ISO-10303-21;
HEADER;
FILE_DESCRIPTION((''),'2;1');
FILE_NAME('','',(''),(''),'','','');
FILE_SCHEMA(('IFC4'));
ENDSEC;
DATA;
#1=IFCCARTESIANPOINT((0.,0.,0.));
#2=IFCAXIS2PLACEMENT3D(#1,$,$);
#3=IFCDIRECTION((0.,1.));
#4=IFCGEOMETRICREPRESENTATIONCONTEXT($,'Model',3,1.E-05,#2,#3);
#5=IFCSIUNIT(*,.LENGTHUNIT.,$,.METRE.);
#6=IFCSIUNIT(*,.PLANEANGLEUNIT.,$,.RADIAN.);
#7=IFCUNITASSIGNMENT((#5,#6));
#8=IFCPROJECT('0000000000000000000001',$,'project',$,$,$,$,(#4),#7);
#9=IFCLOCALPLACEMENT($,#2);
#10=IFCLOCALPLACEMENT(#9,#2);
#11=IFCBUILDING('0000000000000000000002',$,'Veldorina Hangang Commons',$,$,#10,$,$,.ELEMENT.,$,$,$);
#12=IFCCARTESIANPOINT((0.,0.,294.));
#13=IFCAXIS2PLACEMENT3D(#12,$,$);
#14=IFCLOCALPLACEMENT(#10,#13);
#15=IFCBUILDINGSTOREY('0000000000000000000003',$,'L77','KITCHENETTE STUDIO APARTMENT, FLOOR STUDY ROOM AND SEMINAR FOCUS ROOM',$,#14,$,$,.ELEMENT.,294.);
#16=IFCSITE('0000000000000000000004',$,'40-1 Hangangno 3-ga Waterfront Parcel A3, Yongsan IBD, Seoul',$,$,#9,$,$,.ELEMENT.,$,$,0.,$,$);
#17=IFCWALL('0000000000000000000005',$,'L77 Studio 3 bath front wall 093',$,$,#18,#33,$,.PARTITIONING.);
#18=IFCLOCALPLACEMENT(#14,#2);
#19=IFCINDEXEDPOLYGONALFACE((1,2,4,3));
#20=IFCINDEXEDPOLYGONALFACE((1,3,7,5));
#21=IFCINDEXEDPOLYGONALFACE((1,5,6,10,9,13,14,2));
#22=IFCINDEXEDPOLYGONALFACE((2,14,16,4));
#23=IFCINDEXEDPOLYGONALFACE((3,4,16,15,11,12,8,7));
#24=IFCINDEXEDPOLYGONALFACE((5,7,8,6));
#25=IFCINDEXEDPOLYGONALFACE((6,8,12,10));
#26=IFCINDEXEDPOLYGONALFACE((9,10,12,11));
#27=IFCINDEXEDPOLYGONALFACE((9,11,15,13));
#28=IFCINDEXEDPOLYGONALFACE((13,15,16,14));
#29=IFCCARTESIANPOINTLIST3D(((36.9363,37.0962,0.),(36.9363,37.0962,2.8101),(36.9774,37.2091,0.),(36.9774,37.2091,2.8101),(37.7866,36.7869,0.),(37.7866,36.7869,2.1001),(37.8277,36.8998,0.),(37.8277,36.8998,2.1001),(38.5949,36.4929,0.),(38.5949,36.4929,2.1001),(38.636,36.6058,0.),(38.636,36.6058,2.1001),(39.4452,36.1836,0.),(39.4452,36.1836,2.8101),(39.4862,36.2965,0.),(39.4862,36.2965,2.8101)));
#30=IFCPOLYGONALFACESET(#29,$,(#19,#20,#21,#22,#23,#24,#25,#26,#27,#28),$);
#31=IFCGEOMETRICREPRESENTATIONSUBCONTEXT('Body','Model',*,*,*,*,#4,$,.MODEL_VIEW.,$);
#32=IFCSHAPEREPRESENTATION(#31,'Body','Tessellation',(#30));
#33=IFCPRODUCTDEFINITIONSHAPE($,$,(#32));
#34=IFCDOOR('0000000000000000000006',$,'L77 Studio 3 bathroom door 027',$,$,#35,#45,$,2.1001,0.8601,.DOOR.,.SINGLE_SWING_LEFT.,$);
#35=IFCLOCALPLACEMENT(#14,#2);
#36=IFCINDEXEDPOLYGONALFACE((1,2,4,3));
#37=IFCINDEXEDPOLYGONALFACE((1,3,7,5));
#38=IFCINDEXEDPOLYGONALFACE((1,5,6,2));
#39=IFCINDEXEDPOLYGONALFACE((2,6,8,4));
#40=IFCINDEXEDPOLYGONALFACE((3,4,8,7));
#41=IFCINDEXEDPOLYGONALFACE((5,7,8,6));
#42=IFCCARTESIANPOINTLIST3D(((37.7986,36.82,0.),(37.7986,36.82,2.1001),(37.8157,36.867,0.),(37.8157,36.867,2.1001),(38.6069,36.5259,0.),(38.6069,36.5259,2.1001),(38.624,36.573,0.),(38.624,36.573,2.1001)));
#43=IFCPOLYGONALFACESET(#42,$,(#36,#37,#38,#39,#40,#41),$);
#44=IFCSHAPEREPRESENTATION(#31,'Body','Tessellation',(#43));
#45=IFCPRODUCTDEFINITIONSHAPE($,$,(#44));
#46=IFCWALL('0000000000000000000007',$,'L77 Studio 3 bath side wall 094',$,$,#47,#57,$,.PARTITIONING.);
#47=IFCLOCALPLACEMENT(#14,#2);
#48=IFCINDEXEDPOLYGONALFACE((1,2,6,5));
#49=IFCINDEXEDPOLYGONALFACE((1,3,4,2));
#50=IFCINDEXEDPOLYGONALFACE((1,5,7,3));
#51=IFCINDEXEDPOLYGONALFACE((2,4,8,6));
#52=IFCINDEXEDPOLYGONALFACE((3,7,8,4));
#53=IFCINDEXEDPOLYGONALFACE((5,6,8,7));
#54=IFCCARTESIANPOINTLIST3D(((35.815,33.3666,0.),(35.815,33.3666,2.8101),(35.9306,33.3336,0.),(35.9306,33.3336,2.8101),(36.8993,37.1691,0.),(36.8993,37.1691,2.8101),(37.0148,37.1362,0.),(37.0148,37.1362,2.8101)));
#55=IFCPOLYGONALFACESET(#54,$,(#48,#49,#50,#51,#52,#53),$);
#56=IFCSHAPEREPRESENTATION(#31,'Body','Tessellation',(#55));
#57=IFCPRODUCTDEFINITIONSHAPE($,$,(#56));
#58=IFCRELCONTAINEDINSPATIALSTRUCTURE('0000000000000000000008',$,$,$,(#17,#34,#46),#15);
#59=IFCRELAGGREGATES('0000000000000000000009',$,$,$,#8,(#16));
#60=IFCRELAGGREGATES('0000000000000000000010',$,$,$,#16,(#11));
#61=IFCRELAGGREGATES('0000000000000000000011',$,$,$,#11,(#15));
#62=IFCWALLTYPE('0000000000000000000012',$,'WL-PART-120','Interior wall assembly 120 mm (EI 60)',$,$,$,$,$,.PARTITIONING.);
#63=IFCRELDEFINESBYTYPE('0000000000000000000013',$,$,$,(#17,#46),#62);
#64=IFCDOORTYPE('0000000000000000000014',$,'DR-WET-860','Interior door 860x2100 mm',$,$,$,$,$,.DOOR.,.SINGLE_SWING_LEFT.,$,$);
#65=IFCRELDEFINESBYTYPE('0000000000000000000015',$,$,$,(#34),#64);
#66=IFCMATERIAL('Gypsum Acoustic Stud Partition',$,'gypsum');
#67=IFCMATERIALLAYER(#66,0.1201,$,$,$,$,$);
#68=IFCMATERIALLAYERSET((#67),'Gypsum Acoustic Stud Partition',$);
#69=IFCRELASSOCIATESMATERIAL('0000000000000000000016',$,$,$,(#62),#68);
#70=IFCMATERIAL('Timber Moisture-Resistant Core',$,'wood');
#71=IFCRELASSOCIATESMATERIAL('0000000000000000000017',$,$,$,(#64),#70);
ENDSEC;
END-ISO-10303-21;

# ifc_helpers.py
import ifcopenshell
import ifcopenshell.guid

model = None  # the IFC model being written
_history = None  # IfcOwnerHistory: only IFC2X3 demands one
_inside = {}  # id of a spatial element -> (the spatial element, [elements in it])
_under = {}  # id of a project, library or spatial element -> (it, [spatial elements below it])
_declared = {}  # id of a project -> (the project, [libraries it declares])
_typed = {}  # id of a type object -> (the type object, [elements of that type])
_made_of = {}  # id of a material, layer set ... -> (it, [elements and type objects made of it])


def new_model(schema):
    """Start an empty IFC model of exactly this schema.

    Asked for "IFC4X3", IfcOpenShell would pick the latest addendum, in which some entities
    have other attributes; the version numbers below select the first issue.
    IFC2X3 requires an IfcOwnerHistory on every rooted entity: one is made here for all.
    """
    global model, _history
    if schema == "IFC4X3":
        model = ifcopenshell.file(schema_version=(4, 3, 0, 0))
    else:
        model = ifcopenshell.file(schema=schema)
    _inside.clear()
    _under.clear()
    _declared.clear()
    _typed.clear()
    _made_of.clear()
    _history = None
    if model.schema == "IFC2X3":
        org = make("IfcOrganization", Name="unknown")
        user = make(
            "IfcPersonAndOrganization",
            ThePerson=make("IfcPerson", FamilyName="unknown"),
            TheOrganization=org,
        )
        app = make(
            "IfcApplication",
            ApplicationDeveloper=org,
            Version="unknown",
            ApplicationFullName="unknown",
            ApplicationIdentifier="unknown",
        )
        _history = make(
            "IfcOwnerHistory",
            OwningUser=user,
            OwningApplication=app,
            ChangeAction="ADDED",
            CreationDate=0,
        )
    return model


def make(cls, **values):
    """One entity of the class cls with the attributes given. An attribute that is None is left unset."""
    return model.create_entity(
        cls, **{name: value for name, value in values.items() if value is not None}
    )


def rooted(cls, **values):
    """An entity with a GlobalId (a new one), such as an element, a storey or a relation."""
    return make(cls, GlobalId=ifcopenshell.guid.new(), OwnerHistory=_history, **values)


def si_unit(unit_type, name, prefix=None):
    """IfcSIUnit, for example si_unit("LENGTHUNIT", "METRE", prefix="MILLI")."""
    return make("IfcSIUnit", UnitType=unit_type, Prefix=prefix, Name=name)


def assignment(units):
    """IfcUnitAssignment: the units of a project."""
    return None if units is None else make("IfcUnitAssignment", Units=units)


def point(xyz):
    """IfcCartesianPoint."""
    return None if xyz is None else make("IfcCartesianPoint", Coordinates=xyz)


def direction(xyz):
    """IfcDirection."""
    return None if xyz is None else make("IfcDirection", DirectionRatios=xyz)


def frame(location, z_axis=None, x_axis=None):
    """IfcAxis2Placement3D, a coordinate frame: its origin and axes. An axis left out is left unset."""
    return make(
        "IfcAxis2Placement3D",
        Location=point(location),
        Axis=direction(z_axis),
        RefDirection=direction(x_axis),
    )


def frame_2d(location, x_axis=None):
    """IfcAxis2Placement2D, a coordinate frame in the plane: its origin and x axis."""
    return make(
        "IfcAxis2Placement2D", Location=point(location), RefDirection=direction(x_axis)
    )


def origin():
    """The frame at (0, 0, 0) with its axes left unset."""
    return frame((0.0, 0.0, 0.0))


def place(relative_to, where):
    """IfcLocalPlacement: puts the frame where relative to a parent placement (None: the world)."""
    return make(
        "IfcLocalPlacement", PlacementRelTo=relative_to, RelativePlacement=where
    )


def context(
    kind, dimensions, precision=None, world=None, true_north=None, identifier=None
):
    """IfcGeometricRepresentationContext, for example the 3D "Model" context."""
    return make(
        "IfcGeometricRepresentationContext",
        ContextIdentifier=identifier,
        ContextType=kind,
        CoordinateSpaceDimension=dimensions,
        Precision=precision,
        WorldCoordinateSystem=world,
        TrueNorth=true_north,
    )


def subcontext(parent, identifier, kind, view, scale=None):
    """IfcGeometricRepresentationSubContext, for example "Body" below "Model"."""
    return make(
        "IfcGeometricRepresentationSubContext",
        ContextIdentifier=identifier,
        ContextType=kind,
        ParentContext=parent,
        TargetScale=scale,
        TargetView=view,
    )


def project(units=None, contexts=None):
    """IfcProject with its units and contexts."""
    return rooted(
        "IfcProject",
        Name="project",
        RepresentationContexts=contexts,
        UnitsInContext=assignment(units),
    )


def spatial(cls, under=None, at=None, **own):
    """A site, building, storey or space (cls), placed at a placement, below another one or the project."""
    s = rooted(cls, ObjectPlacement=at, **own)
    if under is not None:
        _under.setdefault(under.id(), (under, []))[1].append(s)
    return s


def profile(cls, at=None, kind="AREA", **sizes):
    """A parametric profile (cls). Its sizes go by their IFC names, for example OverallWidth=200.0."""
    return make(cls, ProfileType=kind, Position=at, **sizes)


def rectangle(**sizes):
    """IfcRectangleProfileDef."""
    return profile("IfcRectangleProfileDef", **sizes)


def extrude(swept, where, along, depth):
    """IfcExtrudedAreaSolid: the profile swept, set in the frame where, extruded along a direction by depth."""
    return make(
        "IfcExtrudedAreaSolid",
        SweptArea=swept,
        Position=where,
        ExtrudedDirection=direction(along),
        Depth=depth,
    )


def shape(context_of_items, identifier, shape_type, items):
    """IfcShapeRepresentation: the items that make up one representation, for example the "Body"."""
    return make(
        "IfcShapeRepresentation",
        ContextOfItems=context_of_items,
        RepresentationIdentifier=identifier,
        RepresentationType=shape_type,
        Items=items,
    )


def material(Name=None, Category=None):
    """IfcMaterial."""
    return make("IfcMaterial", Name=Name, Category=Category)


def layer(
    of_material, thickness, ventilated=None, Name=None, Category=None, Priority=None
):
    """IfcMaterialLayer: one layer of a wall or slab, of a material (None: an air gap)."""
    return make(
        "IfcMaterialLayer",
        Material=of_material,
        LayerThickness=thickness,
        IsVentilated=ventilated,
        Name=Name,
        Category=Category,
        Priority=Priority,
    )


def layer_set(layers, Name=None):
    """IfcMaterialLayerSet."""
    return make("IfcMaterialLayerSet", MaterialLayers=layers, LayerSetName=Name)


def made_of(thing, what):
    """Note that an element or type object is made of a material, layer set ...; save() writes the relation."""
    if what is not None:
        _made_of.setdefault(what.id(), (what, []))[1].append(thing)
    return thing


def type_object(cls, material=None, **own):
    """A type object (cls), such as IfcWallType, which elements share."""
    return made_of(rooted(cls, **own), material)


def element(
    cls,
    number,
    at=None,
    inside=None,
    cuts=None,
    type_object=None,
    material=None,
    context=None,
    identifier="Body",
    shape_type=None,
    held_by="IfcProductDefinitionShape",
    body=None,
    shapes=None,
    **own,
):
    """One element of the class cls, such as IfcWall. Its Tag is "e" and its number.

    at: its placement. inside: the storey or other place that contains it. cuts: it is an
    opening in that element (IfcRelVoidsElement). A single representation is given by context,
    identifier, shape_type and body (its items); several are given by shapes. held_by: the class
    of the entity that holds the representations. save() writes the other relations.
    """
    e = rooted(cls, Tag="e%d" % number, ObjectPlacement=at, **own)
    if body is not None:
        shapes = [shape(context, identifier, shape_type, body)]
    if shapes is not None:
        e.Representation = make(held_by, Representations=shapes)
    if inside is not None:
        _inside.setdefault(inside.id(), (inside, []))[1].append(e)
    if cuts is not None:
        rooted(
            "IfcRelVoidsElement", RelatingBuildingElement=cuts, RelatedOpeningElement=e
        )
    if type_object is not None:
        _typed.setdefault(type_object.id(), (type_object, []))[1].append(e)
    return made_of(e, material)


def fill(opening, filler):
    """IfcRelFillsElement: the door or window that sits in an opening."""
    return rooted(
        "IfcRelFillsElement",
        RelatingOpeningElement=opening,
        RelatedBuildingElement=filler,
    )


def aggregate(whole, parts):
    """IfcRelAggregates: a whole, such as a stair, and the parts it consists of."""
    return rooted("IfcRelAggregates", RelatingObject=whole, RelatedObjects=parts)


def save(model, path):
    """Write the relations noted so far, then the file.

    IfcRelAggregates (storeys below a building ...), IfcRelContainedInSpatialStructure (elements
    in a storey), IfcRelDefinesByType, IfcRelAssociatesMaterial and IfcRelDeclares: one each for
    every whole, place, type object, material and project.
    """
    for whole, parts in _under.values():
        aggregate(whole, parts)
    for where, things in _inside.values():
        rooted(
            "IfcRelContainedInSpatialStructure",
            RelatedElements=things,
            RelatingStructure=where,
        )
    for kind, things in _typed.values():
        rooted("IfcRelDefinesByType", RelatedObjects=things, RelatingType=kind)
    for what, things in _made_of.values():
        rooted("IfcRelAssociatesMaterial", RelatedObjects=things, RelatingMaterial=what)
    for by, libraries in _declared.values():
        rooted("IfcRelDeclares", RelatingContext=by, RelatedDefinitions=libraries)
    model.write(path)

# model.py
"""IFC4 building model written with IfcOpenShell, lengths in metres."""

from ifc_helpers import new_model, si_unit, direction, frame, frame_2d, origin, place, context, subcontext, project, spatial, rectangle, extrude, material, layer, layer_set, type_object, element, fill, save


model = new_model("IFC4")

# Units and contexts
model_context = context("Model", 3, precision=1e-05, world=origin(), true_north=direction((0.0, 1.0)))
body_context = subcontext(model_context, "Body", "Model", "MODEL_VIEW")
ifc_project = project(units=[si_unit("LENGTHUNIT", "METRE"), si_unit("PLANEANGLEUNIT", "RADIAN")], contexts=[model_context])

# Site, building, storey
site_placement = place(None, origin())
site = spatial("IfcSite", under=ifc_project, at=site_placement, Name="40-1 Hangangno 3-ga Waterfront Parcel A3, Yongsan IBD, Seoul", CompositionType="ELEMENT", RefElevation=0.0)
building_placement = place(site_placement, origin())
building = spatial("IfcBuilding", under=site, at=building_placement, Name="Veldorina Hangang Commons", CompositionType="ELEMENT")
storey_placement = place(building_placement, frame((0.0, 0.0, 294.0)))
storey = spatial("IfcBuildingStorey", under=building, at=storey_placement, Name="L77", Description="KITCHENETTE STUDIO APARTMENT, FLOOR STUDY ROOM AND SEMINAR FOCUS ROOM", CompositionType="ELEMENT", Elevation=294.0)

# Wall, opening, door
ifc_material_1 = material(Name="Gypsum Acoustic Stud Partition", Category="gypsum")
ifc_layer_1 = layer(ifc_material_1, 0.1201)
ifc_layer_set_1 = layer_set([ifc_layer_1], Name="Gypsum Acoustic Stud Partition")
wall_type_1 = type_object("IfcWallType", Name="WL-PART-120", Description="Interior wall assembly 120 mm (EI 60)", PredefinedType="PARTITIONING", material=ifc_layer_set_1)
wall_1_placement = place(storey_placement, frame((39.4658, 36.24, 0.0), z_axis=(0.0, 0.0, 1.0), x_axis=(-0.939756, 0.341846, 0.0)))
wall_1 = element("IfcWall", 1, at=wall_1_placement, inside=storey, type_object=wall_type_1, Name="L77 Studio 3 bath front wall 093", PredefinedType="PARTITIONING", context=body_context, shape_type="SweptSolid", body=[
    extrude(rectangle(XDim=2.6697, YDim=0.1201, at=frame_2d((1.335, 0.0))), origin(), (0.0, 0.0, 1.0), 2.8101),
])
opening_1_placement = place(wall_1_placement, frame((0.9048, 0.0, 0.0)))
opening_1 = element("IfcOpeningElement", 2, at=opening_1_placement, cuts=wall_1, PredefinedType="OPENING", context=body_context, shape_type="SweptSolid", body=[
    extrude(rectangle(XDim=0.8601, YDim=2.1001, at=frame_2d((0.4302, 1.05))), frame((0.0, 0.0701, 0.0), z_axis=(0.0, -1.0, 0.0), x_axis=(1.0, 0.0, 0.0)), (0.0, 0.0, 1.0), 0.1401),
])
ifc_material_2 = material(Name="Timber Moisture-Resistant Core", Category="wood")
door_type_1 = type_object("IfcDoorType", Name="DR-WET-860", Description="Interior door 860x2100 mm", OperationType="SINGLE_SWING_LEFT", PredefinedType="DOOR", material=ifc_material_2)
door_1_placement = place(opening_1_placement, origin())
door_1 = element("IfcDoor", 3, at=door_1_placement, inside=storey, type_object=door_type_1, Name="L77 Studio 3 bathroom door 027", OperationType="SINGLE_SWING_LEFT", OverallHeight=2.1001, OverallWidth=0.8601, PredefinedType="DOOR", context=body_context, shape_type="SweptSolid", body=[
    extrude(rectangle(XDim=0.8601, YDim=2.1001, at=frame_2d((0.4302, 1.05))), frame((0.0, 0.0249, 0.0), z_axis=(0.0, -1.0, 0.0), x_axis=(1.0, 0.0, 0.0)), (0.0, 0.0, 1.0), 0.05),
])
fill(opening_1, door_1)

# Wall
wall_2_placement = place(storey_placement, frame((35.8728, 33.3501, 0.0), z_axis=(0.0, 0.0, 1.0), x_axis=(0.274207, 0.961671, 0.0)))
element("IfcWall", 4, at=wall_2_placement, inside=storey, type_object=wall_type_1, Name="L77 Studio 3 bath side wall 094", PredefinedType="PARTITIONING", context=body_context, shape_type="SweptSolid", body=[
    extrude(rectangle(XDim=3.9541, YDim=0.1201, at=frame_2d((1.9771, 0.0))), origin(), (0.0, 0.0, 1.0), 2.8101),
])

save(model, "model.ifc")
